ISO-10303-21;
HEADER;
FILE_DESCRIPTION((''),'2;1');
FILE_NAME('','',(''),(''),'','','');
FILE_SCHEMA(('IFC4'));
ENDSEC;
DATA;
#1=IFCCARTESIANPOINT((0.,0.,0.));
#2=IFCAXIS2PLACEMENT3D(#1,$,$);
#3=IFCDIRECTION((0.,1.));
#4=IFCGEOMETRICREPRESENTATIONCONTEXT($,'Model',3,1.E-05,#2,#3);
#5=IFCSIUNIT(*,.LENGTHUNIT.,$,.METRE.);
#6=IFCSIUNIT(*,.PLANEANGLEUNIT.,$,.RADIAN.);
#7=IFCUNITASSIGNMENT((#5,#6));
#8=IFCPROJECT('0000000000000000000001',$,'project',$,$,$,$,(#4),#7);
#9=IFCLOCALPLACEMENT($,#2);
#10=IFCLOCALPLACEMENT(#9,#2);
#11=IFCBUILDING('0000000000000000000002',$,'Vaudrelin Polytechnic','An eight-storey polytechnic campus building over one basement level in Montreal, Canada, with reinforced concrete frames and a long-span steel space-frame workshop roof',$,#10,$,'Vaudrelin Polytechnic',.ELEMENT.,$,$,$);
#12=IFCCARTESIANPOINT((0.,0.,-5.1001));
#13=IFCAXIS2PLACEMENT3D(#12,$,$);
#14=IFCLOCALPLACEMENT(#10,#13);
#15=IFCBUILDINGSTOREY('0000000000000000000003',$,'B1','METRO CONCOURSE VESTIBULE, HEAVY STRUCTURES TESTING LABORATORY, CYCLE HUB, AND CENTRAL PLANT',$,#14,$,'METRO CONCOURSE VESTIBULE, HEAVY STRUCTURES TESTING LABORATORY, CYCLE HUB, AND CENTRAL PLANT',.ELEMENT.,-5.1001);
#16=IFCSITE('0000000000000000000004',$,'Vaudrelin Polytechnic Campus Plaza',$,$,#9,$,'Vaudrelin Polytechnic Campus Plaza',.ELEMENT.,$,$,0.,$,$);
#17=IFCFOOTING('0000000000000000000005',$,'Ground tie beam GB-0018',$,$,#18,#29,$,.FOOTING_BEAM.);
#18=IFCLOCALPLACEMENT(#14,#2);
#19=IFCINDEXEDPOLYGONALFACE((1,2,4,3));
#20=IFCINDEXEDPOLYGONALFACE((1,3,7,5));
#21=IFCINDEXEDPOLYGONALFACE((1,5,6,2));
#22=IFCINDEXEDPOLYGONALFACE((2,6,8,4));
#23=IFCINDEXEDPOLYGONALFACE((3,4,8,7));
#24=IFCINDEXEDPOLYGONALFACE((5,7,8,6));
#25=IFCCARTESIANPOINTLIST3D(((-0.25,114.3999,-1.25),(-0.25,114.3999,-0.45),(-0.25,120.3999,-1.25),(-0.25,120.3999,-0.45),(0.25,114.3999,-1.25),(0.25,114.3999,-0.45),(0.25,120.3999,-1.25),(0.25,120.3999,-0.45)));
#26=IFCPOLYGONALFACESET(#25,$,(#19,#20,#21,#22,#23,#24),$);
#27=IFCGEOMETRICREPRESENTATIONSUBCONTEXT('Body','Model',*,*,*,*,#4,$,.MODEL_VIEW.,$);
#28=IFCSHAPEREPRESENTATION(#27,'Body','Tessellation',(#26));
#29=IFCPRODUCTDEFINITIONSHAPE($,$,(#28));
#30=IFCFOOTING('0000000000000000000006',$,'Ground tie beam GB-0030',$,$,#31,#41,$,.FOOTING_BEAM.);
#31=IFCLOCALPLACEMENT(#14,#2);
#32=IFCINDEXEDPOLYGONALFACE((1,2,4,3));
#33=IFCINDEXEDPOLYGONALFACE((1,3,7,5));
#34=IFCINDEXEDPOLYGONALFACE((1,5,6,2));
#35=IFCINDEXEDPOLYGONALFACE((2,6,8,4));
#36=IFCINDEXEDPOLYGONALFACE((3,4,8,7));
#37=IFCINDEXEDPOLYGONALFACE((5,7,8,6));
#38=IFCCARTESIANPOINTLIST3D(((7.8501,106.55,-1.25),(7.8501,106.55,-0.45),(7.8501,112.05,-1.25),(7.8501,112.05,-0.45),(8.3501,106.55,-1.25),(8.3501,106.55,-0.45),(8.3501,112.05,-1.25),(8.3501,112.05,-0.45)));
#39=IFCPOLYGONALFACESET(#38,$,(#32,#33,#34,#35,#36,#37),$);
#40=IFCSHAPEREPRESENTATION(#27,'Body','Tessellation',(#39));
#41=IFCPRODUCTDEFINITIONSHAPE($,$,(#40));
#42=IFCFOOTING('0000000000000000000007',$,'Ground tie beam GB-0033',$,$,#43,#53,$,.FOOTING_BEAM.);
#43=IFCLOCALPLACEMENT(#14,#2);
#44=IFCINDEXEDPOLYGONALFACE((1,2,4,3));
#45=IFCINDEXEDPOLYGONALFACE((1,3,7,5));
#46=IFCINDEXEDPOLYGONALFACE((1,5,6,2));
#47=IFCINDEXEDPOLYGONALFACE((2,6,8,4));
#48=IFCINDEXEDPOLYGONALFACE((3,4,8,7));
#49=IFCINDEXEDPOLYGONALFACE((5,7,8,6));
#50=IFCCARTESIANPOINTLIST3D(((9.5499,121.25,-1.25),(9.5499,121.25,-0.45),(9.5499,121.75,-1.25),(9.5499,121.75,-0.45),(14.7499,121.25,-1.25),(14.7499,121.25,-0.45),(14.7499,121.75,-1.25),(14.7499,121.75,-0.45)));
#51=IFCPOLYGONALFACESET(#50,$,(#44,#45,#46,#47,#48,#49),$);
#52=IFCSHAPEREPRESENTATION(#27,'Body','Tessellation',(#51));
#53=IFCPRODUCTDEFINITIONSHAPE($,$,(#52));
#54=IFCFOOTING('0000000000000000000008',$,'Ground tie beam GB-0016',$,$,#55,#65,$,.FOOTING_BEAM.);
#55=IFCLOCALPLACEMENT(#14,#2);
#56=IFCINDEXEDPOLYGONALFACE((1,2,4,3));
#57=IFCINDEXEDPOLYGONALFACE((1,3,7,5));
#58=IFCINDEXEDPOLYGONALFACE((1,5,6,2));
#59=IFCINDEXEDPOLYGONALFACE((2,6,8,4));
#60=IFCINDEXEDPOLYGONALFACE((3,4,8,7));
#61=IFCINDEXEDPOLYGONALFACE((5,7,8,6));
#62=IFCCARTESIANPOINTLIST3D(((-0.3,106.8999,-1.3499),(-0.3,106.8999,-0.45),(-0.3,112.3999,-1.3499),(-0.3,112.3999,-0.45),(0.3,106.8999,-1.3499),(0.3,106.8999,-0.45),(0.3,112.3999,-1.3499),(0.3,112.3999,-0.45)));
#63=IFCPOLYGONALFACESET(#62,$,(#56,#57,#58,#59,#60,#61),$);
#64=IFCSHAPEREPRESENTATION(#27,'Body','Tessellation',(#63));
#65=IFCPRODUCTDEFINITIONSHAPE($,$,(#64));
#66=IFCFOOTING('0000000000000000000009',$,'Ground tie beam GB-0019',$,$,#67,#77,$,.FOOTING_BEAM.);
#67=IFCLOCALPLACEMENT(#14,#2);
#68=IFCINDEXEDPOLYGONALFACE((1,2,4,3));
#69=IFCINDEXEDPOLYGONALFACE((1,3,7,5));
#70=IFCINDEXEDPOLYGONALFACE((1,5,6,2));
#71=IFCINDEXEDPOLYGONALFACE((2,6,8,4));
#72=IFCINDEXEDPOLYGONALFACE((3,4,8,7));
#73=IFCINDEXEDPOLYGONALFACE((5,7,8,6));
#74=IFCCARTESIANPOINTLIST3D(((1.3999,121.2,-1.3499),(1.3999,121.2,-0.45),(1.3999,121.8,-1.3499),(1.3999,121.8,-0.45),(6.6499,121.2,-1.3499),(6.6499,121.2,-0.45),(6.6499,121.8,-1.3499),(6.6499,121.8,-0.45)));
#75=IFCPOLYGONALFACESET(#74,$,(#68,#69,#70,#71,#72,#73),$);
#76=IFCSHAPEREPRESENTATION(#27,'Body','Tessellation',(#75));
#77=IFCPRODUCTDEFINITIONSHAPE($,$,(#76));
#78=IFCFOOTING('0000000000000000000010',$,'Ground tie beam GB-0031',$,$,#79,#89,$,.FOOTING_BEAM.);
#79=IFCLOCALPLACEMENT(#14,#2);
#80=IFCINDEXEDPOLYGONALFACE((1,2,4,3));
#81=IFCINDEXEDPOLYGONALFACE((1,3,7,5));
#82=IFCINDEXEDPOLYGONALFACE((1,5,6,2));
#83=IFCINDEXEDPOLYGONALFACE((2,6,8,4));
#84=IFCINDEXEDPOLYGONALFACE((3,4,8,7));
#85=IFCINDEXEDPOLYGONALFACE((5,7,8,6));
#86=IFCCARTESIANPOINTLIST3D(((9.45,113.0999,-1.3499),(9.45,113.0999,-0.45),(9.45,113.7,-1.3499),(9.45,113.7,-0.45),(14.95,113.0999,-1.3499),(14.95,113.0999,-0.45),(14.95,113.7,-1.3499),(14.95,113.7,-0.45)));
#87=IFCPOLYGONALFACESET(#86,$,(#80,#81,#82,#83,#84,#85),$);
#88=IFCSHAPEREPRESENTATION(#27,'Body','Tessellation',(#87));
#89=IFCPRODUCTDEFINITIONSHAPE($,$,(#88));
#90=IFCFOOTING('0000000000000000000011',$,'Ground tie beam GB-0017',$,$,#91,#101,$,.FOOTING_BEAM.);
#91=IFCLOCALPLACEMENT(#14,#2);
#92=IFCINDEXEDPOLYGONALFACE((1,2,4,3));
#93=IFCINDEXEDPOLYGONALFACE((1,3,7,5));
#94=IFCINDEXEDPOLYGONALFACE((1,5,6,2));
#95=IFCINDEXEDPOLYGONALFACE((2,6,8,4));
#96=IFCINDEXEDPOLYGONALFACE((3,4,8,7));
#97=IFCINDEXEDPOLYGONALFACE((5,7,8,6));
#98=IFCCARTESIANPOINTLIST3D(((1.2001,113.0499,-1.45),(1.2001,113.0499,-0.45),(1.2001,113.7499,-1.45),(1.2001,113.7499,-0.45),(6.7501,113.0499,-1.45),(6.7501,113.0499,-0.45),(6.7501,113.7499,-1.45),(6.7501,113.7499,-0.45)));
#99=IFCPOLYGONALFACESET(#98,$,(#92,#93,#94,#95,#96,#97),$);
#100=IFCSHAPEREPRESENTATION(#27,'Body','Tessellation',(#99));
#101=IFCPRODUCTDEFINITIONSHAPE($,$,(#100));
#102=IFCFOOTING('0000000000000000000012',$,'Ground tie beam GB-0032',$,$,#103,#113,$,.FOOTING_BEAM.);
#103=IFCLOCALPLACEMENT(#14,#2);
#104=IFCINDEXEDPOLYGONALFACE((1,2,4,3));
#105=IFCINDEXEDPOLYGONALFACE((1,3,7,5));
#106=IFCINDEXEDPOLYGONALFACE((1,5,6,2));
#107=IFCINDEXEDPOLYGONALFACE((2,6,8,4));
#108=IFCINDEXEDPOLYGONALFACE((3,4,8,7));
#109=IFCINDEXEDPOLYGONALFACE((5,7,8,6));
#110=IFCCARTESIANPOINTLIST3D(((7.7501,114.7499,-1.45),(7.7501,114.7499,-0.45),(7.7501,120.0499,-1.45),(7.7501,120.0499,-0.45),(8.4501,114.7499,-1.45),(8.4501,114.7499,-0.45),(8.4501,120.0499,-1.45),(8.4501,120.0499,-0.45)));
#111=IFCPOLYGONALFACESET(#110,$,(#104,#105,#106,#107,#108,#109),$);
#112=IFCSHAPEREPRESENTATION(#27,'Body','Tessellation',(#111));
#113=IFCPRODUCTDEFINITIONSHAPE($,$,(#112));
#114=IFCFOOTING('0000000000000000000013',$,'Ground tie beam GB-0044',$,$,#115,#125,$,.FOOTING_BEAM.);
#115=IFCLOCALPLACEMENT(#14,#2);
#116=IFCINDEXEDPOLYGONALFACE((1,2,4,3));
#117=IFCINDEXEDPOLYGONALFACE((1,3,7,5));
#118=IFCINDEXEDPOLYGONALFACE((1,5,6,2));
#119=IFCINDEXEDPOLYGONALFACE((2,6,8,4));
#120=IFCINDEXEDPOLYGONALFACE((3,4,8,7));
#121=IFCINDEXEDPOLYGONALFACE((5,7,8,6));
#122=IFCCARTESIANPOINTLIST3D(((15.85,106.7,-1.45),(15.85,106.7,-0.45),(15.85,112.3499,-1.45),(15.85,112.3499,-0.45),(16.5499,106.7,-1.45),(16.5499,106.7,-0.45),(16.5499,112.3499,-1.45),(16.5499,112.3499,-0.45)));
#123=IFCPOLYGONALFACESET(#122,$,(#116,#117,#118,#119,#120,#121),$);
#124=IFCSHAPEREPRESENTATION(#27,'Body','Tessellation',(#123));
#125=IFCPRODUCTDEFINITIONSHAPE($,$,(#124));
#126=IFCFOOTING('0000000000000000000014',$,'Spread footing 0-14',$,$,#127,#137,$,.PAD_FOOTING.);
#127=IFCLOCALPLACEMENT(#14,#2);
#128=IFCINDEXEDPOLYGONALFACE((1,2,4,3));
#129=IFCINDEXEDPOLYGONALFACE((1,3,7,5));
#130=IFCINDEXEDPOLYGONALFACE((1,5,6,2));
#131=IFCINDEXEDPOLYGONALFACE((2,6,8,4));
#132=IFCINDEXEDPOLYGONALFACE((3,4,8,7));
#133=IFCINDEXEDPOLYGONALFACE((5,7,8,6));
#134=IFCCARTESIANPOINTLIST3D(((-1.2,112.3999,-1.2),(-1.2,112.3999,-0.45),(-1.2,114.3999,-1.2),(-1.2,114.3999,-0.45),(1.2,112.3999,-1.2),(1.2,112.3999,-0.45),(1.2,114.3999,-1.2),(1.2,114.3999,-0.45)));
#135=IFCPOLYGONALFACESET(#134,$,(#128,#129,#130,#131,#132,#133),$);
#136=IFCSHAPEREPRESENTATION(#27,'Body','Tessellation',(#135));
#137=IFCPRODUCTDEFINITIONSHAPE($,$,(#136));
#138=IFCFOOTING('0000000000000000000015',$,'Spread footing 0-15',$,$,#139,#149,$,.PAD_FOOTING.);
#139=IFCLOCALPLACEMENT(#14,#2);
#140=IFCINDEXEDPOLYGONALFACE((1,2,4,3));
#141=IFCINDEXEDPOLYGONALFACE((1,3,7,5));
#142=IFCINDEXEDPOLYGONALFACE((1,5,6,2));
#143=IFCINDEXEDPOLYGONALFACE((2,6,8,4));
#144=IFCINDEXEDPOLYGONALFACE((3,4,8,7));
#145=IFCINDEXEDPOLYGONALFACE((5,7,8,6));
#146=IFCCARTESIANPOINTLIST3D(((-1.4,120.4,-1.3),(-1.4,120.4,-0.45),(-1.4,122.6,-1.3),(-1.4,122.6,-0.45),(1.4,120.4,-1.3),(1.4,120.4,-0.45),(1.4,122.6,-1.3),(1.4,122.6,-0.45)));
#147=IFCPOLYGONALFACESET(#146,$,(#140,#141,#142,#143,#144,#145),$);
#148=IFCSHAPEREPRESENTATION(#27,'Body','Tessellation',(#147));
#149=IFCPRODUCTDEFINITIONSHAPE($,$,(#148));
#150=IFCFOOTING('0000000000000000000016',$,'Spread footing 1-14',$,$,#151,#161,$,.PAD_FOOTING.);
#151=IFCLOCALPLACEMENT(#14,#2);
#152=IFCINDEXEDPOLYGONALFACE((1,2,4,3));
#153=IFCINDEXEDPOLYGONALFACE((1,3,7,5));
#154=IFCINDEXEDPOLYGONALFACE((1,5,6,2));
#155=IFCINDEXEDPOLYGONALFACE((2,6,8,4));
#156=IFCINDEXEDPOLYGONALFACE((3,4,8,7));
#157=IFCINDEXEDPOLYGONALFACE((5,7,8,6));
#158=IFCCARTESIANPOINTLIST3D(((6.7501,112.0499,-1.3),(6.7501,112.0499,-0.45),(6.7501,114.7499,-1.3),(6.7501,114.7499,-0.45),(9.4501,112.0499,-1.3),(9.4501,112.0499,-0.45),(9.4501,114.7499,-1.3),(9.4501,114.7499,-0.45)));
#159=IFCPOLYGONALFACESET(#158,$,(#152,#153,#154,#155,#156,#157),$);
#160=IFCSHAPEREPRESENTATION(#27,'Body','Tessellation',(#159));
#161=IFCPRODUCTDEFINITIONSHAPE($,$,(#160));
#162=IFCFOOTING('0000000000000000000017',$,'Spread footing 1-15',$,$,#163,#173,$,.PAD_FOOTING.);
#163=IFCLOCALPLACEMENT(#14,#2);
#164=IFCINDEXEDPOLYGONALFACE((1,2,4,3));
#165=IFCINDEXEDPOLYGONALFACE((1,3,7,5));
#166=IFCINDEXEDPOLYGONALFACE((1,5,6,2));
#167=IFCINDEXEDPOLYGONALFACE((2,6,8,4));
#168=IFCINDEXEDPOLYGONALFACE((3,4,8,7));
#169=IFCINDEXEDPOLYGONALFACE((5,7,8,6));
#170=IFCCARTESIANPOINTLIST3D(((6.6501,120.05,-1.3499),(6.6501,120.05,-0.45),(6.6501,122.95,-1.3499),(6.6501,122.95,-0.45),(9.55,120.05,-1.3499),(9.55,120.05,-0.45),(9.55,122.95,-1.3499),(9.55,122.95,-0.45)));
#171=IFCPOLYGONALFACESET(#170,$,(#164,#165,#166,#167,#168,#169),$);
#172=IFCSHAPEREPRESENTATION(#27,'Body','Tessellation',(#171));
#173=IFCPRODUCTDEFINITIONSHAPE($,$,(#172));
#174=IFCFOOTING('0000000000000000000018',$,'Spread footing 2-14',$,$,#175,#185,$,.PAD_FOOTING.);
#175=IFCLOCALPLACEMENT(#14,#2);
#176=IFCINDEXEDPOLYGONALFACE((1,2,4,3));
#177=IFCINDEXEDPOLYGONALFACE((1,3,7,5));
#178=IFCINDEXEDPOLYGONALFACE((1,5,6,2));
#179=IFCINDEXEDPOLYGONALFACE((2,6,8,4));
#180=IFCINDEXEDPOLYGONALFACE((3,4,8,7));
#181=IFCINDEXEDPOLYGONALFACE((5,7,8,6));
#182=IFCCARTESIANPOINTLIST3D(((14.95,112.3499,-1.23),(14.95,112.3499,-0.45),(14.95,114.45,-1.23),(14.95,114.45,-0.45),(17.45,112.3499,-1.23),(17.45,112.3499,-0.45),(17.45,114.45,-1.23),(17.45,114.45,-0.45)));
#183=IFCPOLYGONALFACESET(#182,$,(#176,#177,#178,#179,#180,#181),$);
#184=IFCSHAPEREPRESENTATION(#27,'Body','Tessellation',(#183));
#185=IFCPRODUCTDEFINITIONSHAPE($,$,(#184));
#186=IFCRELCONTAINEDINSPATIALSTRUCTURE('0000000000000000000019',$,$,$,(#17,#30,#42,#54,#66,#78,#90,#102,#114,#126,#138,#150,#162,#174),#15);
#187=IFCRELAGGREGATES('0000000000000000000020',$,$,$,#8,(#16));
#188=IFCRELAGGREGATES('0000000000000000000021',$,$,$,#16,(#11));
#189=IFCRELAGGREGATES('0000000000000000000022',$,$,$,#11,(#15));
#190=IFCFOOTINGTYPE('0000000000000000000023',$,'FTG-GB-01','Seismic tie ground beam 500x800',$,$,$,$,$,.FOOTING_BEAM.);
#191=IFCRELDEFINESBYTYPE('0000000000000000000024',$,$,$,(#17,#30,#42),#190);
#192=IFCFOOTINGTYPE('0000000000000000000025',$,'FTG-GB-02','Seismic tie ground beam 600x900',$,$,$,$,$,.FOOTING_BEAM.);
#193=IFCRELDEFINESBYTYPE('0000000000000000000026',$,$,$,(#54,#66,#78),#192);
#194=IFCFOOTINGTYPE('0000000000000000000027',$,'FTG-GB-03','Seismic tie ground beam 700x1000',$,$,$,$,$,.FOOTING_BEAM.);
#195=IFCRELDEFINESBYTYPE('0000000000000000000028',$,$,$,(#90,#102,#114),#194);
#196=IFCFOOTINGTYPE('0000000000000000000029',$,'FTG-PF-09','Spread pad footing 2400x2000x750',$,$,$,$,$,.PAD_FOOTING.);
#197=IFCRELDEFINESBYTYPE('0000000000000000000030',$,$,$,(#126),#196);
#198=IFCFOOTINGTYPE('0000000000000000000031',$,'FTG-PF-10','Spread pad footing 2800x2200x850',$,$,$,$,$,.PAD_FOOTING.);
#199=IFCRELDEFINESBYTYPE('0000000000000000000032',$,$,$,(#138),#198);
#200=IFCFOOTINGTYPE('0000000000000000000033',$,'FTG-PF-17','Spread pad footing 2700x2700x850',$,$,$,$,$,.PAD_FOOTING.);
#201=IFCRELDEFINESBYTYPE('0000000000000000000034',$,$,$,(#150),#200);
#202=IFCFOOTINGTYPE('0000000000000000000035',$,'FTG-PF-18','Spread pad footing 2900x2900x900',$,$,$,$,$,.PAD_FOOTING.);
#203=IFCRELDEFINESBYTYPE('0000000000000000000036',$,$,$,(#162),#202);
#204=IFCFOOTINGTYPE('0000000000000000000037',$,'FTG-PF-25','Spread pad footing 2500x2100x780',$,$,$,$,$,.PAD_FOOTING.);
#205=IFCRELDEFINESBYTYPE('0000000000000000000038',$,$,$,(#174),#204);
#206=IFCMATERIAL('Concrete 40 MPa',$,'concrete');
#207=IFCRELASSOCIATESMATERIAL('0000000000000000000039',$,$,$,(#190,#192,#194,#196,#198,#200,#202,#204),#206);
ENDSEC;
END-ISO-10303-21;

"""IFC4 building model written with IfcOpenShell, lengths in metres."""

from ifc_helpers import new_model, si_unit, direction, frame, origin, origin_2d, place, context, subcontext, project, spatial, rectangle, extrude, material, type_object, element, save


model = new_model("IFC4")

# Units and contexts
model_context = context("Model", 3, precision=1e-05, world=origin(), true_north=direction((0.0, 1.0)))
body_context = subcontext(model_context, "Body", "Model", "MODEL_VIEW")
ifc_project = project(units=[si_unit("LENGTHUNIT", "METRE"), si_unit("PLANEANGLEUNIT", "RADIAN")], contexts=[model_context])

# Site, building, storey
site_placement = place(None, origin())
site = spatial("IfcSite", under=ifc_project, at=site_placement, Name="Vaudrelin Polytechnic Campus Plaza", LongName="Vaudrelin Polytechnic Campus Plaza", CompositionType="ELEMENT", RefElevation=0.0)
building_placement = place(site_placement, origin())
building = spatial("IfcBuilding", under=site, at=building_placement, Name="Vaudrelin Polytechnic", Description="An eight-storey polytechnic campus building over one basement level in Montreal, Canada, with reinforced concrete frames and a long-span steel space-frame workshop roof", LongName="Vaudrelin Polytechnic", CompositionType="ELEMENT")
storey_placement = place(building_placement, frame((0.0, 0.0, -5.1001)))
storey = spatial("IfcBuildingStorey", under=building, at=storey_placement, Name="B1", Description="METRO CONCOURSE VESTIBULE, HEAVY STRUCTURES TESTING LABORATORY, CYCLE HUB, AND CENTRAL PLANT", LongName="METRO CONCOURSE VESTIBULE, HEAVY STRUCTURES TESTING LABORATORY, CYCLE HUB, AND CENTRAL PLANT", CompositionType="ELEMENT", Elevation=-5.1001)

# Footings
ifc_material_1 = material(Name="Concrete 40 MPa", Category="concrete")
footing_type_1 = type_object("IfcFootingType", Name="FTG-GB-01", Description="Seismic tie ground beam 500x800", PredefinedType="FOOTING_BEAM", material=ifc_material_1)
footing_1_placement = place(storey_placement, frame((0.0, 117.3999, -1.25), z_axis=(0.0, 0.0, 1.0), x_axis=(1.0, 0.0, 0.0)))
element("IfcFooting", 1, at=footing_1_placement, inside=storey, type_object=footing_type_1, Name="Ground tie beam GB-0018", PredefinedType="FOOTING_BEAM", context=body_context, shape_type="SweptSolid", body=[
    extrude(rectangle(XDim=0.5, YDim=6.0, at=origin_2d()), origin(), (0.0, 0.0, 1.0), 0.8),
])
footing_2_placement = place(storey_placement, frame((8.1001, 109.3, -1.25), z_axis=(0.0, 0.0, 1.0), x_axis=(1.0, 0.0, 0.0)))
element("IfcFooting", 2, at=footing_2_placement, inside=storey, type_object=footing_type_1, Name="Ground tie beam GB-0030", PredefinedType="FOOTING_BEAM", context=body_context, shape_type="SweptSolid", body=[
    extrude(rectangle(XDim=0.5, YDim=5.5, at=origin_2d()), origin(), (0.0, 0.0, 1.0), 0.8),
])
footing_3_placement = place(storey_placement, frame((12.1499, 121.5, -1.25), z_axis=(0.0, 0.0, 1.0), x_axis=(1.0, 0.0, 0.0)))
element("IfcFooting", 3, at=footing_3_placement, inside=storey, type_object=footing_type_1, Name="Ground tie beam GB-0033", PredefinedType="FOOTING_BEAM", context=body_context, shape_type="SweptSolid", body=[
    extrude(rectangle(XDim=5.2, YDim=0.5, at=origin_2d()), origin(), (0.0, 0.0, 1.0), 0.8),
])
footing_type_2 = type_object("IfcFootingType", Name="FTG-GB-02", Description="Seismic tie ground beam 600x900", PredefinedType="FOOTING_BEAM", material=ifc_material_1)
footing_4_placement = place(storey_placement, frame((0.0, 109.6499, -1.3499), z_axis=(0.0, 0.0, 1.0), x_axis=(1.0, 0.0, 0.0)))
element("IfcFooting", 4, at=footing_4_placement, inside=storey, type_object=footing_type_2, Name="Ground tie beam GB-0016", PredefinedType="FOOTING_BEAM", context=body_context, shape_type="SweptSolid", body=[
    extrude(rectangle(XDim=0.6001, YDim=5.5, at=origin_2d()), origin(), (0.0, 0.0, 1.0), 0.8999),
])
footing_5_placement = place(storey_placement, frame((4.0249, 121.5, -1.3499), z_axis=(0.0, 0.0, 1.0), x_axis=(1.0, 0.0, 0.0)))
element("IfcFooting", 5, at=footing_5_placement, inside=storey, type_object=footing_type_2, Name="Ground tie beam GB-0019", PredefinedType="FOOTING_BEAM", context=body_context, shape_type="SweptSolid", body=[
    extrude(rectangle(XDim=5.25, YDim=0.6001, at=origin_2d()), origin(), (0.0, 0.0, 1.0), 0.8999),
])
footing_6_placement = place(storey_placement, frame((12.2, 113.3999, -1.3499), z_axis=(0.0, 0.0, 1.0), x_axis=(1.0, 0.0, 0.0)))
element("IfcFooting", 6, at=footing_6_placement, inside=storey, type_object=footing_type_2, Name="Ground tie beam GB-0031", PredefinedType="FOOTING_BEAM", context=body_context, shape_type="SweptSolid", body=[
    extrude(rectangle(XDim=5.5, YDim=0.6001, at=origin_2d()), origin(), (0.0, 0.0, 1.0), 0.8999),
])
footing_type_3 = type_object("IfcFootingType", Name="FTG-GB-03", Description="Seismic tie ground beam 700x1000", PredefinedType="FOOTING_BEAM", material=ifc_material_1)
footing_7_placement = place(storey_placement, frame((3.9751, 113.3999, -1.45), z_axis=(0.0, 0.0, 1.0), x_axis=(1.0, 0.0, 0.0)))
element("IfcFooting", 7, at=footing_7_placement, inside=storey, type_object=footing_type_3, Name="Ground tie beam GB-0017", PredefinedType="FOOTING_BEAM", context=body_context, shape_type="SweptSolid", body=[
    extrude(rectangle(XDim=5.55, YDim=0.7, at=origin_2d()), origin(), (0.0, 0.0, 1.0), 1.0),
])
footing_8_placement = place(storey_placement, frame((8.1001, 117.3999, -1.45), z_axis=(0.0, 0.0, 1.0), x_axis=(1.0, 0.0, 0.0)))
element("IfcFooting", 8, at=footing_8_placement, inside=storey, type_object=footing_type_3, Name="Ground tie beam GB-0032", PredefinedType="FOOTING_BEAM", context=body_context, shape_type="SweptSolid", body=[
    extrude(rectangle(XDim=0.7, YDim=5.3, at=origin_2d()), origin(), (0.0, 0.0, 1.0), 1.0),
])
footing_9_placement = place(storey_placement, frame((16.2, 109.5249, -1.45), z_axis=(0.0, 0.0, 1.0), x_axis=(1.0, 0.0, 0.0)))
element("IfcFooting", 9, at=footing_9_placement, inside=storey, type_object=footing_type_3, Name="Ground tie beam GB-0044", PredefinedType="FOOTING_BEAM", context=body_context, shape_type="SweptSolid", body=[
    extrude(rectangle(XDim=0.7, YDim=5.6499, at=origin_2d()), origin(), (0.0, 0.0, 1.0), 1.0),
])
footing_type_4 = type_object("IfcFootingType", Name="FTG-PF-09", Description="Spread pad footing 2400x2000x750", PredefinedType="PAD_FOOTING", material=ifc_material_1)
footing_10_placement = place(storey_placement, frame((0.0, 113.3999, -1.2), z_axis=(0.0, 0.0, 1.0), x_axis=(1.0, 0.0, 0.0)))
element("IfcFooting", 10, at=footing_10_placement, inside=storey, type_object=footing_type_4, Name="Spread footing 0-14", PredefinedType="PAD_FOOTING", context=body_context, shape_type="SweptSolid", body=[
    extrude(rectangle(XDim=2.3999, YDim=2.0, at=origin_2d()), origin(), (0.0, 0.0, 1.0), 0.75),
])
footing_type_5 = type_object("IfcFootingType", Name="FTG-PF-10", Description="Spread pad footing 2800x2200x850", PredefinedType="PAD_FOOTING", material=ifc_material_1)
footing_11_placement = place(storey_placement, frame((0.0, 121.5, -1.3), z_axis=(0.0, 0.0, 1.0), x_axis=(1.0, 0.0, 0.0)))
element("IfcFooting", 11, at=footing_11_placement, inside=storey, type_object=footing_type_5, Name="Spread footing 0-15", PredefinedType="PAD_FOOTING", context=body_context, shape_type="SweptSolid", body=[
    extrude(rectangle(XDim=2.8, YDim=2.2, at=origin_2d()), origin(), (0.0, 0.0, 1.0), 0.8501),
])
footing_type_6 = type_object("IfcFootingType", Name="FTG-PF-17", Description="Spread pad footing 2700x2700x850", PredefinedType="PAD_FOOTING", material=ifc_material_1)
footing_12_placement = place(storey_placement, frame((8.1001, 113.3999, -1.3), z_axis=(0.0, 0.0, 1.0), x_axis=(1.0, 0.0, 0.0)))
element("IfcFooting", 12, at=footing_12_placement, inside=storey, type_object=footing_type_6, Name="Spread footing 1-14", PredefinedType="PAD_FOOTING", context=body_context, shape_type="SweptSolid", body=[
    extrude(rectangle(XDim=2.7, YDim=2.7, at=origin_2d()), origin(), (0.0, 0.0, 1.0), 0.8501),
])
footing_type_7 = type_object("IfcFootingType", Name="FTG-PF-18", Description="Spread pad footing 2900x2900x900", PredefinedType="PAD_FOOTING", material=ifc_material_1)
footing_13_placement = place(storey_placement, frame((8.1001, 121.5, -1.3499), z_axis=(0.0, 0.0, 1.0), x_axis=(1.0, 0.0, 0.0)))
element("IfcFooting", 13, at=footing_13_placement, inside=storey, type_object=footing_type_7, Name="Spread footing 1-15", PredefinedType="PAD_FOOTING", context=body_context, shape_type="SweptSolid", body=[
    extrude(rectangle(XDim=2.8999, YDim=2.8999, at=origin_2d()), origin(), (0.0, 0.0, 1.0), 0.8999),
])
footing_type_8 = type_object("IfcFootingType", Name="FTG-PF-25", Description="Spread pad footing 2500x2100x780", PredefinedType="PAD_FOOTING", material=ifc_material_1)
footing_14_placement = place(storey_placement, frame((16.2, 113.3999, -1.23), z_axis=(0.0, 0.0, 1.0), x_axis=(1.0, 0.0, 0.0)))
element("IfcFooting", 14, at=footing_14_placement, inside=storey, type_object=footing_type_8, Name="Spread footing 2-14", PredefinedType="PAD_FOOTING", context=body_context, shape_type="SweptSolid", body=[
    extrude(rectangle(XDim=2.5, YDim=2.1001, at=origin_2d()), origin(), (0.0, 0.0, 1.0), 0.78),
])

save(model, "model.ifc")
